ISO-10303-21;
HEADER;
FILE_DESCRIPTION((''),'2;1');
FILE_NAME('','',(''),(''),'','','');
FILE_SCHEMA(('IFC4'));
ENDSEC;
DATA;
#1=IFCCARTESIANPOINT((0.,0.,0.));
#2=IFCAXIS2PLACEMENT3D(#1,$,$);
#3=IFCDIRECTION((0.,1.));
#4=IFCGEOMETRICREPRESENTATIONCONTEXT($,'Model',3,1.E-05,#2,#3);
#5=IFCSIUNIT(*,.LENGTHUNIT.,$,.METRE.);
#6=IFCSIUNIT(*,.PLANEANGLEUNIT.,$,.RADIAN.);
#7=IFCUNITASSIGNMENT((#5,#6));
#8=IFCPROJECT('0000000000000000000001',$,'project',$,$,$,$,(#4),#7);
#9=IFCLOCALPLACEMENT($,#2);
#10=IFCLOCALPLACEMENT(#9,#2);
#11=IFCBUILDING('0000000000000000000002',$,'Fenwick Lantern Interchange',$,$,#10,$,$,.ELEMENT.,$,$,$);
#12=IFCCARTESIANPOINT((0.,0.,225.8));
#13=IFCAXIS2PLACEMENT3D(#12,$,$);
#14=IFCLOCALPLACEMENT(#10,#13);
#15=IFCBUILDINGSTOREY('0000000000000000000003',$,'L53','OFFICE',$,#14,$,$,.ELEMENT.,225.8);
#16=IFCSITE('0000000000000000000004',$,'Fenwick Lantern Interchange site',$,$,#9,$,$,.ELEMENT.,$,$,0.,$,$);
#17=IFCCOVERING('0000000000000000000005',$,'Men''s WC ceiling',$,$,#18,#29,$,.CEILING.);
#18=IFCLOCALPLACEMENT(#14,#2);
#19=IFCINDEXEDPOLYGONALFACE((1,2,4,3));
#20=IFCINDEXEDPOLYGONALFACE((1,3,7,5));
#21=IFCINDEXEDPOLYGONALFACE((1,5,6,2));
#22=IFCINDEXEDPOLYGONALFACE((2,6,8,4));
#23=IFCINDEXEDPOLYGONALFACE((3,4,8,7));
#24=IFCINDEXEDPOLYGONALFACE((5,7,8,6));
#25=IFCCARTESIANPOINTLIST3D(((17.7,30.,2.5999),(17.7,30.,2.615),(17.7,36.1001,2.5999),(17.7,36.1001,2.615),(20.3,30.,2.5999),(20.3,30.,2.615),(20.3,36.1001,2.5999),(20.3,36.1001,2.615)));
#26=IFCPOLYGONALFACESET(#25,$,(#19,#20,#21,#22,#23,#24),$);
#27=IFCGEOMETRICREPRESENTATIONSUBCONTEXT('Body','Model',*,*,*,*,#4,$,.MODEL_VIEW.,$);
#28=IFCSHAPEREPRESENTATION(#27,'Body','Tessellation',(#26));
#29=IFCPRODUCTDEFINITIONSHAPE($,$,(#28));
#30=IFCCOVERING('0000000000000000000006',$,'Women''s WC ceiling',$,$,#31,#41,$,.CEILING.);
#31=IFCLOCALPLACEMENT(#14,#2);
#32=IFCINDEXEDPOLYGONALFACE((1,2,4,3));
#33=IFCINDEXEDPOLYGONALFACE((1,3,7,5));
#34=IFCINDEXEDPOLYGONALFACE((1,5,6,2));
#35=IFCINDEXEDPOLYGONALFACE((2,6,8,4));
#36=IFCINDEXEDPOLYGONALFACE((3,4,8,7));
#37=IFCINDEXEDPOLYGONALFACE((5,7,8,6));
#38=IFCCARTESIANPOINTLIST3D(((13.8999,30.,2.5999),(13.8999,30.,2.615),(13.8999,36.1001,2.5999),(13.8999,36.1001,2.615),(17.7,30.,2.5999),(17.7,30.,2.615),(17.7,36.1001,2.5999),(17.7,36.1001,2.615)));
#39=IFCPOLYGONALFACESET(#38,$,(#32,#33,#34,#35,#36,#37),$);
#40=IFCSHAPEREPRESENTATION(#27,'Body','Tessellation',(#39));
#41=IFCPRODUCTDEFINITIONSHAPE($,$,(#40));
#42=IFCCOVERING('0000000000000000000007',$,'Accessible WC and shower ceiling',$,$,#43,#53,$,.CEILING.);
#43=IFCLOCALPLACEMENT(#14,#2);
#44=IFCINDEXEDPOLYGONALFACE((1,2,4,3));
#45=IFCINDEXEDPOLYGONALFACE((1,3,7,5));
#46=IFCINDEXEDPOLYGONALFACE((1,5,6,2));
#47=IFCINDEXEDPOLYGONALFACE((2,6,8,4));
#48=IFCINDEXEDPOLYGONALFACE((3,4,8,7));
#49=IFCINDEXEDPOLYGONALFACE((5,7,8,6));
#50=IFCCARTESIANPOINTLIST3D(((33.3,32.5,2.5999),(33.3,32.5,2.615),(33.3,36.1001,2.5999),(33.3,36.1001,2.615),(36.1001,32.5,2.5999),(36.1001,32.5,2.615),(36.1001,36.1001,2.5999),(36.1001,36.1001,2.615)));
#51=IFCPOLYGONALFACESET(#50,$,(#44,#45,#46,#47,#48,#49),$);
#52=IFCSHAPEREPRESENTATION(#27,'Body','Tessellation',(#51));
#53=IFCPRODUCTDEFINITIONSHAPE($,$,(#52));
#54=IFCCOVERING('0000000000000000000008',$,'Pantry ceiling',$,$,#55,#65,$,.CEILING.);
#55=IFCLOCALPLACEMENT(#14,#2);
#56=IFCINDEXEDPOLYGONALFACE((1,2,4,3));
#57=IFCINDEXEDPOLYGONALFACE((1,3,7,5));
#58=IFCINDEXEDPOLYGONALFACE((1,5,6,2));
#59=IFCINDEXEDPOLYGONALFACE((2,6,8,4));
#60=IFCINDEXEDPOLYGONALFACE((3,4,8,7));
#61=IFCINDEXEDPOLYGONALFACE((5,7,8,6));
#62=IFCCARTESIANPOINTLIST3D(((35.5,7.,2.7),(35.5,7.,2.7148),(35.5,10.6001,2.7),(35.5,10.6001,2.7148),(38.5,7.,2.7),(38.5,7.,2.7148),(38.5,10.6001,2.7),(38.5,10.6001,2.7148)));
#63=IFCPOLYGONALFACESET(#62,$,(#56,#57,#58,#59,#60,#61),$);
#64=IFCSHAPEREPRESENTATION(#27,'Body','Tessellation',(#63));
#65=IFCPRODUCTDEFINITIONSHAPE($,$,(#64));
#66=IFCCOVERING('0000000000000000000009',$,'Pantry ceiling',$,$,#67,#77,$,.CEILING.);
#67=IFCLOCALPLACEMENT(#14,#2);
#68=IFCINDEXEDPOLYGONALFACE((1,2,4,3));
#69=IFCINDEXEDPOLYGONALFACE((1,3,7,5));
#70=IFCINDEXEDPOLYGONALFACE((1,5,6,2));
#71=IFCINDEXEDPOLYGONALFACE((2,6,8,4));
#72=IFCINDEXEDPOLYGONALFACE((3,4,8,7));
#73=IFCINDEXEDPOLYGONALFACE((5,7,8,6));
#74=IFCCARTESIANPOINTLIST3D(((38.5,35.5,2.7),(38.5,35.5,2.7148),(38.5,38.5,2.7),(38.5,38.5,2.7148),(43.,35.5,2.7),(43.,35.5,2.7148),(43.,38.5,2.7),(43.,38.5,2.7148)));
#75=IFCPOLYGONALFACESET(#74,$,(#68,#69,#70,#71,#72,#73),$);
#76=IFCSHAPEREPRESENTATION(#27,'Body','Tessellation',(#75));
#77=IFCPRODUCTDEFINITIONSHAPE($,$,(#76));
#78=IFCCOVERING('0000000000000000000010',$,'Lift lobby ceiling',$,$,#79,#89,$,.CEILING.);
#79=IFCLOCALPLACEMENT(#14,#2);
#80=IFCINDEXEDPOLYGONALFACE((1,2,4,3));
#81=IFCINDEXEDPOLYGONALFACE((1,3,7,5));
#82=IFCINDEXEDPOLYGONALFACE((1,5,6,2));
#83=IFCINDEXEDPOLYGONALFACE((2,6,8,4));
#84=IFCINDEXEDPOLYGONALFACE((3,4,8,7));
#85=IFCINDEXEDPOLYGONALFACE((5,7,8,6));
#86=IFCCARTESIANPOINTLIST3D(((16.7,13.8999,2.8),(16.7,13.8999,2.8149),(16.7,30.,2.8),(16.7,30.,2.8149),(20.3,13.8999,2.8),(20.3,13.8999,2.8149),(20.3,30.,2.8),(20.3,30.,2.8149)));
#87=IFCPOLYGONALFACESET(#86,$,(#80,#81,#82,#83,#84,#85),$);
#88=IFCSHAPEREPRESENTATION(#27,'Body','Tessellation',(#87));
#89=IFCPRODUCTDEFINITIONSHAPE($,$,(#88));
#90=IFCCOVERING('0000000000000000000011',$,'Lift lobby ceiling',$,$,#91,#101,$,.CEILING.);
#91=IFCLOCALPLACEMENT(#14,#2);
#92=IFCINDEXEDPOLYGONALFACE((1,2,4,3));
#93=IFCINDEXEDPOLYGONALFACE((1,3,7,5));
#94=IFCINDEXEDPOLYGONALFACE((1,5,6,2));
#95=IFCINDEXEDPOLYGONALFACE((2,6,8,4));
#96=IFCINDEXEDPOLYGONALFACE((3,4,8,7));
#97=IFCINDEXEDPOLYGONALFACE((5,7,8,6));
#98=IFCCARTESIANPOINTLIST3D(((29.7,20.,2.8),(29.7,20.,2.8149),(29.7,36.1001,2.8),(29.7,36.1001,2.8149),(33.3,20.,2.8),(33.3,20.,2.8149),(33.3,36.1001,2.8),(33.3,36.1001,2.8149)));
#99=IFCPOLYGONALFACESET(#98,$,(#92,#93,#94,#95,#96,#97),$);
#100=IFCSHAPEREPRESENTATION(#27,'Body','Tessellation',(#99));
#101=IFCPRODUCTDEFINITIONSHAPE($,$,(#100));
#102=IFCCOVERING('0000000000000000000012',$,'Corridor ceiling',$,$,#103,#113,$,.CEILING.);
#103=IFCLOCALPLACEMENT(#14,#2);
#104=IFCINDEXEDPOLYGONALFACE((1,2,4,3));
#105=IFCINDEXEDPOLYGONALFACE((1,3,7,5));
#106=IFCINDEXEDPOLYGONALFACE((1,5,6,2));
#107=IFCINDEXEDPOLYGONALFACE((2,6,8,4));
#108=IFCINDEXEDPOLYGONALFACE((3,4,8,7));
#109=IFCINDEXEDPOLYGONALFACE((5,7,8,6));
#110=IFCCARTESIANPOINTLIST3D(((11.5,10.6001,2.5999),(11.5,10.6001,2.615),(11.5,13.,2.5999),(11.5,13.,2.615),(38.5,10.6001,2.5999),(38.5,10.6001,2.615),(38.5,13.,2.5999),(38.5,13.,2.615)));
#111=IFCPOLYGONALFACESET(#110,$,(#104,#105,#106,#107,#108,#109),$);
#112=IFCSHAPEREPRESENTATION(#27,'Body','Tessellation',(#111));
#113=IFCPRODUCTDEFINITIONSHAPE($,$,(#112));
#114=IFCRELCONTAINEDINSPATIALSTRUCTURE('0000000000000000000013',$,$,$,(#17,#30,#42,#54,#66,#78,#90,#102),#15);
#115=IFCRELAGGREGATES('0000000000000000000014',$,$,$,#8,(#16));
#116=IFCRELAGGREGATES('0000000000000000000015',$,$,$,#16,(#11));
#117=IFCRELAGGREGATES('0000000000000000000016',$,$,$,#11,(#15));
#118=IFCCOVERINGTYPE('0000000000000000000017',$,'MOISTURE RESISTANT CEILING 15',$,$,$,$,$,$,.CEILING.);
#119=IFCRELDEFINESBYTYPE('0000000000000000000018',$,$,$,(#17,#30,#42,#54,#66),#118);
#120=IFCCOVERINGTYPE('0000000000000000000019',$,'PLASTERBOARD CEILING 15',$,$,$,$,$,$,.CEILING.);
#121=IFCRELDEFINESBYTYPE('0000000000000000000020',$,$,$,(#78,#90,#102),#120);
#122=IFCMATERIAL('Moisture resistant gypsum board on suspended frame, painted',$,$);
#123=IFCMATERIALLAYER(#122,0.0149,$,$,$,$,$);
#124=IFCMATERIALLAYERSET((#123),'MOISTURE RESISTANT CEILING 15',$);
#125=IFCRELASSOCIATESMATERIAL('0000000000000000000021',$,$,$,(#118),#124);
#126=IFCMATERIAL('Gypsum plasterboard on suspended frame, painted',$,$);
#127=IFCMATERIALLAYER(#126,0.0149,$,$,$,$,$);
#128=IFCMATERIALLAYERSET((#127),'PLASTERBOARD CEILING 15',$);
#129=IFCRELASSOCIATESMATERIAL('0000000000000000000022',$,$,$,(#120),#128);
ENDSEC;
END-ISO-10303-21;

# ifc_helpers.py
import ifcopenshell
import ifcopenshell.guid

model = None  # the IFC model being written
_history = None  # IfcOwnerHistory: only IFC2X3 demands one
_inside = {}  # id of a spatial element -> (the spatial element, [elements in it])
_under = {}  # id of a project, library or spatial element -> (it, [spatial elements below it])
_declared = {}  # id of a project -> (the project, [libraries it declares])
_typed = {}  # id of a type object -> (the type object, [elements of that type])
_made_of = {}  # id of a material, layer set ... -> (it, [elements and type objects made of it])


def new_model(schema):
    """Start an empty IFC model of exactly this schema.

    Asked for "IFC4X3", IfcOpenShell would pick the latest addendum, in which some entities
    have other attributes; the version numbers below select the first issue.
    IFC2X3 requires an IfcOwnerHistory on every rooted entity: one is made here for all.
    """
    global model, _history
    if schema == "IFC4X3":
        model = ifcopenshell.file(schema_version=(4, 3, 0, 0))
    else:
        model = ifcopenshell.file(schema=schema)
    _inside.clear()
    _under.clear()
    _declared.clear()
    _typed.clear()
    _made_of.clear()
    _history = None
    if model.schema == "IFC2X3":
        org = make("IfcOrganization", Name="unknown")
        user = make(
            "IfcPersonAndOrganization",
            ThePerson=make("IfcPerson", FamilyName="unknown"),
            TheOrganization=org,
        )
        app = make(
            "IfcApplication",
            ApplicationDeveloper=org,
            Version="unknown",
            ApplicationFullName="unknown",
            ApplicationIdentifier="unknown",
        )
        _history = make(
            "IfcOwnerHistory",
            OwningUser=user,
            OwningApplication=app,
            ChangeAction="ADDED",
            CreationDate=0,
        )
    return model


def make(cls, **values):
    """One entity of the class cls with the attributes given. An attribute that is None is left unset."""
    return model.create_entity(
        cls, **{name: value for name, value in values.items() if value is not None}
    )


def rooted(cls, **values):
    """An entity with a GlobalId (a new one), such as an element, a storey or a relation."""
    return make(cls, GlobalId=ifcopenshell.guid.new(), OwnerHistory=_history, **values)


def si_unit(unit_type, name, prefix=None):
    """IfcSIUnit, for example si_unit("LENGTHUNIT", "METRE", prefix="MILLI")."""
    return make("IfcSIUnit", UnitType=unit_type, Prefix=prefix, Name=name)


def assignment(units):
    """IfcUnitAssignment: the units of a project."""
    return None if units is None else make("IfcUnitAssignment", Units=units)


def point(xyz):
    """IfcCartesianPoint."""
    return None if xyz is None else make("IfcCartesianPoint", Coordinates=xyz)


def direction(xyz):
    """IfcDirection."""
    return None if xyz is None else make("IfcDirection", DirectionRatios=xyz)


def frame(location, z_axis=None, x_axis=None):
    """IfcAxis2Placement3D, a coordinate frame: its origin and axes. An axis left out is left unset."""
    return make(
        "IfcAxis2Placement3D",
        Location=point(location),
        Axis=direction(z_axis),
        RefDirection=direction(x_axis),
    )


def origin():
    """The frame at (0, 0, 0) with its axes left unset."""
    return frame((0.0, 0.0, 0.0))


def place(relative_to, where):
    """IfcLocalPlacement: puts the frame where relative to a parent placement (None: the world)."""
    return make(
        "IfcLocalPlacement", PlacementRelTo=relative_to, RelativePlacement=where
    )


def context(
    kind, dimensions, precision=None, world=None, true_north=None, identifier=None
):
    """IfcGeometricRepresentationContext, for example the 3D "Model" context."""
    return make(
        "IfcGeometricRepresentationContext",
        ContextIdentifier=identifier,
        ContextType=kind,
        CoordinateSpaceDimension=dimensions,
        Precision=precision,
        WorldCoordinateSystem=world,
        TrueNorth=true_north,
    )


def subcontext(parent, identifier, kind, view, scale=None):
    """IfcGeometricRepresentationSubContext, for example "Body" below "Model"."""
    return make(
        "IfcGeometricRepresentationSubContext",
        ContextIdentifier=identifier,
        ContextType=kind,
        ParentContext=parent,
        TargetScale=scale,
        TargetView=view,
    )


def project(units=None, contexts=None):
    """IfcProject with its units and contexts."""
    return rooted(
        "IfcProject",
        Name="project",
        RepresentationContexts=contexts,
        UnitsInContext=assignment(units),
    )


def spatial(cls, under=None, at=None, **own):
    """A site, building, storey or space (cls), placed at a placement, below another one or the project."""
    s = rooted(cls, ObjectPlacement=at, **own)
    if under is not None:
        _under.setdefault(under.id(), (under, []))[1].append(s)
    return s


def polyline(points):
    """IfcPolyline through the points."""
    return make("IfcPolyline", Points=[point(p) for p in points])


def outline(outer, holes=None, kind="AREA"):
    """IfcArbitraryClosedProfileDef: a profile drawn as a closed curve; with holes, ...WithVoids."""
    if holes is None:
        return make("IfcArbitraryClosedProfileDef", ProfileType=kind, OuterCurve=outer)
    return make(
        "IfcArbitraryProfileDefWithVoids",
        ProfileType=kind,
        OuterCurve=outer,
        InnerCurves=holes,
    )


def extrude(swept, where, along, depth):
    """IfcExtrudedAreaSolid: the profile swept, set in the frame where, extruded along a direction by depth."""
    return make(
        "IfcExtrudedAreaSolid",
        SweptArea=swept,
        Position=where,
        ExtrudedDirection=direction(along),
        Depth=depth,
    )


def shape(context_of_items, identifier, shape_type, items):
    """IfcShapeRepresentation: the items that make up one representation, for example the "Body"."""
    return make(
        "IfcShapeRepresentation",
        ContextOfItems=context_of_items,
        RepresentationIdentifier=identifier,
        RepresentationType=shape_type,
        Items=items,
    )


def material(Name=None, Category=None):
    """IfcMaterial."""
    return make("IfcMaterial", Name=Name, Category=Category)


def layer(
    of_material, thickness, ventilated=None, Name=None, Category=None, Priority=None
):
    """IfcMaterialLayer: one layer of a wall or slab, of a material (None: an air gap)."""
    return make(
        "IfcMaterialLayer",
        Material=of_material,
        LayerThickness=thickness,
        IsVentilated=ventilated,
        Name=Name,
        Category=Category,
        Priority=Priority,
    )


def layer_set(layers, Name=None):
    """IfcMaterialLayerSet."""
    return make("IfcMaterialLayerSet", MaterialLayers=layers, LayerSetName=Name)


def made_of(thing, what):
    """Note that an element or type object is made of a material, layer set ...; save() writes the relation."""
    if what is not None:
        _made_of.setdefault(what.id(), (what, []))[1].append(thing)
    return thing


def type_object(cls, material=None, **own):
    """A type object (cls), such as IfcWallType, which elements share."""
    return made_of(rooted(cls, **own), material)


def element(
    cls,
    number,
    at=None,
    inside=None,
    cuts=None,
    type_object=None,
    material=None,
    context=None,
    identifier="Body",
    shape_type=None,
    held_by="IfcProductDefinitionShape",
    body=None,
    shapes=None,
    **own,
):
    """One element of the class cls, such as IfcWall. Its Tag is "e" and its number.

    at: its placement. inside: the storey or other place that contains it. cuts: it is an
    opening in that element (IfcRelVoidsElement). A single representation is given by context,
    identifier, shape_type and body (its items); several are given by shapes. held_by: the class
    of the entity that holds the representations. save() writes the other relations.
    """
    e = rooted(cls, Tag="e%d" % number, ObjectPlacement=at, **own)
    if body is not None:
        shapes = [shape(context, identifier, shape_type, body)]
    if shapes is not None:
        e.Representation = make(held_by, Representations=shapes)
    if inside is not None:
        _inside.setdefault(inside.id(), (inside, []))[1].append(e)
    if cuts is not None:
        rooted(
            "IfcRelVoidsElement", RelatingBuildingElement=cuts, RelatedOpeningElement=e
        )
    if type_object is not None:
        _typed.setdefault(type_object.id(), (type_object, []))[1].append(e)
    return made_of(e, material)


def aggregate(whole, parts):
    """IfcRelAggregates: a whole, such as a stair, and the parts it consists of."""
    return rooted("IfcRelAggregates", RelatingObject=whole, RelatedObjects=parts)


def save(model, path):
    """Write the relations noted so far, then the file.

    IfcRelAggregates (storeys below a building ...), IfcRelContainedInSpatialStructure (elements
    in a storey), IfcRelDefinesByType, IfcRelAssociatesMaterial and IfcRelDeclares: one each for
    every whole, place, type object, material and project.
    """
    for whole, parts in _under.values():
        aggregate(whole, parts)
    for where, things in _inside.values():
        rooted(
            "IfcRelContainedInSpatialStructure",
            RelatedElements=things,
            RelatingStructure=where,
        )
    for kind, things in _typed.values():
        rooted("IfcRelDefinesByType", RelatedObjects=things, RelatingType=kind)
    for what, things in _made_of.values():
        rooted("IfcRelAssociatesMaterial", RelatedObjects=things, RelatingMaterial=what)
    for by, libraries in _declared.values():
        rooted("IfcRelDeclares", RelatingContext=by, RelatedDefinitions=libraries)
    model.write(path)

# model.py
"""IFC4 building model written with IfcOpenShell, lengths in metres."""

from ifc_helpers import new_model, si_unit, direction, frame, origin, place, context, subcontext, project, spatial, polyline, outline, extrude, material, layer, layer_set, type_object, element, save


model = new_model("IFC4")

# Units and contexts
model_context = context("Model", 3, precision=1e-05, world=origin(), true_north=direction((0.0, 1.0)))
body_context = subcontext(model_context, "Body", "Model", "MODEL_VIEW")
ifc_project = project(units=[si_unit("LENGTHUNIT", "METRE"), si_unit("PLANEANGLEUNIT", "RADIAN")], contexts=[model_context])

# Site, building, storey
site_placement = place(None, origin())
site = spatial("IfcSite", under=ifc_project, at=site_placement, Name="Fenwick Lantern Interchange site", CompositionType="ELEMENT", RefElevation=0.0)
building_placement = place(site_placement, origin())
building = spatial("IfcBuilding", under=site, at=building_placement, Name="Fenwick Lantern Interchange", CompositionType="ELEMENT")
storey_placement = place(building_placement, frame((0.0, 0.0, 225.8)))
storey = spatial("IfcBuildingStorey", under=building, at=storey_placement, Name="L53", Description="OFFICE", CompositionType="ELEMENT", Elevation=225.8)

# Coverings
ifc_material_1 = material(Name="Moisture resistant gypsum board on suspended frame, painted")
ifc_layer_1 = layer(ifc_material_1, 0.0149)
ifc_layer_set_1 = layer_set([ifc_layer_1], Name="MOISTURE RESISTANT CEILING 15")
covering_type_1 = type_object("IfcCoveringType", Name="MOISTURE RESISTANT CEILING 15", PredefinedType="CEILING", material=ifc_layer_set_1)
covering_1_placement = place(storey_placement, frame((0.0, 0.0, 2.5999)))
element("IfcCovering", 1, at=covering_1_placement, inside=storey, type_object=covering_type_1, Name="Men's WC ceiling", PredefinedType="CEILING", context=body_context, shape_type="SweptSolid", body=[
    extrude(outline(polyline([(20.3, 36.1001), (17.7, 36.1001), (17.7, 30.0), (20.3, 30.0), (20.3, 36.1001)])), origin(), (0.0, 0.0, 1.0), 0.0151),
])
covering_2_placement = place(storey_placement, frame((0.0, 0.0, 2.5999)))
element("IfcCovering", 2, at=covering_2_placement, inside=storey, type_object=covering_type_1, Name="Women's WC ceiling", PredefinedType="CEILING", context=body_context, shape_type="SweptSolid", body=[
    extrude(outline(polyline([(17.7, 36.1001), (13.8999, 36.1001), (13.8999, 30.0), (17.7, 30.0), (17.7, 36.1001)])), origin(), (0.0, 0.0, 1.0), 0.0151),
])
covering_3_placement = place(storey_placement, frame((0.0, 0.0, 2.5999)))
element("IfcCovering", 3, at=covering_3_placement, inside=storey, type_object=covering_type_1, Name="Accessible WC and shower ceiling", PredefinedType="CEILING", context=body_context, shape_type="SweptSolid", body=[
    extrude(outline(polyline([(36.1001, 36.1001), (33.3, 36.1001), (33.3, 32.5), (36.1001, 32.5), (36.1001, 36.1001)])), origin(), (0.0, 0.0, 1.0), 0.0151),
])
covering_4_placement = place(storey_placement, frame((0.0, 0.0, 2.7)))
element("IfcCovering", 4, at=covering_4_placement, inside=storey, type_object=covering_type_1, Name="Pantry ceiling", PredefinedType="CEILING", context=body_context, shape_type="SweptSolid", body=[
    extrude(outline(polyline([(35.5, 7.0), (38.5, 7.0), (38.5, 10.6001), (35.5, 10.6001), (35.5, 7.0)])), origin(), (0.0, 0.0, 1.0), 0.0149),
])
covering_5_placement = place(storey_placement, frame((0.0, 0.0, 2.7)))
element("IfcCovering", 5, at=covering_5_placement, inside=storey, type_object=covering_type_1, Name="Pantry ceiling", PredefinedType="CEILING", context=body_context, shape_type="SweptSolid", body=[
    extrude(outline(polyline([(43.0, 35.5), (43.0, 38.5), (38.5, 38.5), (38.5, 35.5), (43.0, 35.5)])), origin(), (0.0, 0.0, 1.0), 0.0149),
])
ifc_material_2 = material(Name="Gypsum plasterboard on suspended frame, painted")
ifc_layer_2 = layer(ifc_material_2, 0.0149)
ifc_layer_set_2 = layer_set([ifc_layer_2], Name="PLASTERBOARD CEILING 15")
covering_type_2 = type_object("IfcCoveringType", Name="PLASTERBOARD CEILING 15", PredefinedType="CEILING", material=ifc_layer_set_2)
covering_6_placement = place(storey_placement, frame((0.0, 0.0, 2.8)))
element("IfcCovering", 6, at=covering_6_placement, inside=storey, type_object=covering_type_2, Name="Lift lobby ceiling", PredefinedType="CEILING", context=body_context, shape_type="SweptSolid", body=[
    extrude(outline(polyline([(16.7, 13.8999), (20.3, 13.8999), (20.3, 30.0), (16.7, 30.0), (16.7, 13.8999)])), origin(), (0.0, 0.0, 1.0), 0.0149),
])
covering_7_placement = place(storey_placement, frame((0.0, 0.0, 2.8)))
element("IfcCovering", 7, at=covering_7_placement, inside=storey, type_object=covering_type_2, Name="Lift lobby ceiling", PredefinedType="CEILING", context=body_context, shape_type="SweptSolid", body=[
    extrude(outline(polyline([(33.3, 36.1001), (29.7, 36.1001), (29.7, 20.0), (33.3, 20.0), (33.3, 36.1001)])), origin(), (0.0, 0.0, 1.0), 0.0149),
])
covering_8_placement = place(storey_placement, frame((0.0, 0.0, 2.5999)))
element("IfcCovering", 8, at=covering_8_placement, inside=storey, type_object=covering_type_2, Name="Corridor ceiling", PredefinedType="CEILING", context=body_context, shape_type="SweptSolid", body=[
    extrude(outline(polyline([(11.5, 10.6001), (38.5, 10.6001), (38.5, 13.0), (11.5, 13.0), (11.5, 10.6001)])), origin(), (0.0, 0.0, 1.0), 0.0151),
])

save(model, "model.ifc")
